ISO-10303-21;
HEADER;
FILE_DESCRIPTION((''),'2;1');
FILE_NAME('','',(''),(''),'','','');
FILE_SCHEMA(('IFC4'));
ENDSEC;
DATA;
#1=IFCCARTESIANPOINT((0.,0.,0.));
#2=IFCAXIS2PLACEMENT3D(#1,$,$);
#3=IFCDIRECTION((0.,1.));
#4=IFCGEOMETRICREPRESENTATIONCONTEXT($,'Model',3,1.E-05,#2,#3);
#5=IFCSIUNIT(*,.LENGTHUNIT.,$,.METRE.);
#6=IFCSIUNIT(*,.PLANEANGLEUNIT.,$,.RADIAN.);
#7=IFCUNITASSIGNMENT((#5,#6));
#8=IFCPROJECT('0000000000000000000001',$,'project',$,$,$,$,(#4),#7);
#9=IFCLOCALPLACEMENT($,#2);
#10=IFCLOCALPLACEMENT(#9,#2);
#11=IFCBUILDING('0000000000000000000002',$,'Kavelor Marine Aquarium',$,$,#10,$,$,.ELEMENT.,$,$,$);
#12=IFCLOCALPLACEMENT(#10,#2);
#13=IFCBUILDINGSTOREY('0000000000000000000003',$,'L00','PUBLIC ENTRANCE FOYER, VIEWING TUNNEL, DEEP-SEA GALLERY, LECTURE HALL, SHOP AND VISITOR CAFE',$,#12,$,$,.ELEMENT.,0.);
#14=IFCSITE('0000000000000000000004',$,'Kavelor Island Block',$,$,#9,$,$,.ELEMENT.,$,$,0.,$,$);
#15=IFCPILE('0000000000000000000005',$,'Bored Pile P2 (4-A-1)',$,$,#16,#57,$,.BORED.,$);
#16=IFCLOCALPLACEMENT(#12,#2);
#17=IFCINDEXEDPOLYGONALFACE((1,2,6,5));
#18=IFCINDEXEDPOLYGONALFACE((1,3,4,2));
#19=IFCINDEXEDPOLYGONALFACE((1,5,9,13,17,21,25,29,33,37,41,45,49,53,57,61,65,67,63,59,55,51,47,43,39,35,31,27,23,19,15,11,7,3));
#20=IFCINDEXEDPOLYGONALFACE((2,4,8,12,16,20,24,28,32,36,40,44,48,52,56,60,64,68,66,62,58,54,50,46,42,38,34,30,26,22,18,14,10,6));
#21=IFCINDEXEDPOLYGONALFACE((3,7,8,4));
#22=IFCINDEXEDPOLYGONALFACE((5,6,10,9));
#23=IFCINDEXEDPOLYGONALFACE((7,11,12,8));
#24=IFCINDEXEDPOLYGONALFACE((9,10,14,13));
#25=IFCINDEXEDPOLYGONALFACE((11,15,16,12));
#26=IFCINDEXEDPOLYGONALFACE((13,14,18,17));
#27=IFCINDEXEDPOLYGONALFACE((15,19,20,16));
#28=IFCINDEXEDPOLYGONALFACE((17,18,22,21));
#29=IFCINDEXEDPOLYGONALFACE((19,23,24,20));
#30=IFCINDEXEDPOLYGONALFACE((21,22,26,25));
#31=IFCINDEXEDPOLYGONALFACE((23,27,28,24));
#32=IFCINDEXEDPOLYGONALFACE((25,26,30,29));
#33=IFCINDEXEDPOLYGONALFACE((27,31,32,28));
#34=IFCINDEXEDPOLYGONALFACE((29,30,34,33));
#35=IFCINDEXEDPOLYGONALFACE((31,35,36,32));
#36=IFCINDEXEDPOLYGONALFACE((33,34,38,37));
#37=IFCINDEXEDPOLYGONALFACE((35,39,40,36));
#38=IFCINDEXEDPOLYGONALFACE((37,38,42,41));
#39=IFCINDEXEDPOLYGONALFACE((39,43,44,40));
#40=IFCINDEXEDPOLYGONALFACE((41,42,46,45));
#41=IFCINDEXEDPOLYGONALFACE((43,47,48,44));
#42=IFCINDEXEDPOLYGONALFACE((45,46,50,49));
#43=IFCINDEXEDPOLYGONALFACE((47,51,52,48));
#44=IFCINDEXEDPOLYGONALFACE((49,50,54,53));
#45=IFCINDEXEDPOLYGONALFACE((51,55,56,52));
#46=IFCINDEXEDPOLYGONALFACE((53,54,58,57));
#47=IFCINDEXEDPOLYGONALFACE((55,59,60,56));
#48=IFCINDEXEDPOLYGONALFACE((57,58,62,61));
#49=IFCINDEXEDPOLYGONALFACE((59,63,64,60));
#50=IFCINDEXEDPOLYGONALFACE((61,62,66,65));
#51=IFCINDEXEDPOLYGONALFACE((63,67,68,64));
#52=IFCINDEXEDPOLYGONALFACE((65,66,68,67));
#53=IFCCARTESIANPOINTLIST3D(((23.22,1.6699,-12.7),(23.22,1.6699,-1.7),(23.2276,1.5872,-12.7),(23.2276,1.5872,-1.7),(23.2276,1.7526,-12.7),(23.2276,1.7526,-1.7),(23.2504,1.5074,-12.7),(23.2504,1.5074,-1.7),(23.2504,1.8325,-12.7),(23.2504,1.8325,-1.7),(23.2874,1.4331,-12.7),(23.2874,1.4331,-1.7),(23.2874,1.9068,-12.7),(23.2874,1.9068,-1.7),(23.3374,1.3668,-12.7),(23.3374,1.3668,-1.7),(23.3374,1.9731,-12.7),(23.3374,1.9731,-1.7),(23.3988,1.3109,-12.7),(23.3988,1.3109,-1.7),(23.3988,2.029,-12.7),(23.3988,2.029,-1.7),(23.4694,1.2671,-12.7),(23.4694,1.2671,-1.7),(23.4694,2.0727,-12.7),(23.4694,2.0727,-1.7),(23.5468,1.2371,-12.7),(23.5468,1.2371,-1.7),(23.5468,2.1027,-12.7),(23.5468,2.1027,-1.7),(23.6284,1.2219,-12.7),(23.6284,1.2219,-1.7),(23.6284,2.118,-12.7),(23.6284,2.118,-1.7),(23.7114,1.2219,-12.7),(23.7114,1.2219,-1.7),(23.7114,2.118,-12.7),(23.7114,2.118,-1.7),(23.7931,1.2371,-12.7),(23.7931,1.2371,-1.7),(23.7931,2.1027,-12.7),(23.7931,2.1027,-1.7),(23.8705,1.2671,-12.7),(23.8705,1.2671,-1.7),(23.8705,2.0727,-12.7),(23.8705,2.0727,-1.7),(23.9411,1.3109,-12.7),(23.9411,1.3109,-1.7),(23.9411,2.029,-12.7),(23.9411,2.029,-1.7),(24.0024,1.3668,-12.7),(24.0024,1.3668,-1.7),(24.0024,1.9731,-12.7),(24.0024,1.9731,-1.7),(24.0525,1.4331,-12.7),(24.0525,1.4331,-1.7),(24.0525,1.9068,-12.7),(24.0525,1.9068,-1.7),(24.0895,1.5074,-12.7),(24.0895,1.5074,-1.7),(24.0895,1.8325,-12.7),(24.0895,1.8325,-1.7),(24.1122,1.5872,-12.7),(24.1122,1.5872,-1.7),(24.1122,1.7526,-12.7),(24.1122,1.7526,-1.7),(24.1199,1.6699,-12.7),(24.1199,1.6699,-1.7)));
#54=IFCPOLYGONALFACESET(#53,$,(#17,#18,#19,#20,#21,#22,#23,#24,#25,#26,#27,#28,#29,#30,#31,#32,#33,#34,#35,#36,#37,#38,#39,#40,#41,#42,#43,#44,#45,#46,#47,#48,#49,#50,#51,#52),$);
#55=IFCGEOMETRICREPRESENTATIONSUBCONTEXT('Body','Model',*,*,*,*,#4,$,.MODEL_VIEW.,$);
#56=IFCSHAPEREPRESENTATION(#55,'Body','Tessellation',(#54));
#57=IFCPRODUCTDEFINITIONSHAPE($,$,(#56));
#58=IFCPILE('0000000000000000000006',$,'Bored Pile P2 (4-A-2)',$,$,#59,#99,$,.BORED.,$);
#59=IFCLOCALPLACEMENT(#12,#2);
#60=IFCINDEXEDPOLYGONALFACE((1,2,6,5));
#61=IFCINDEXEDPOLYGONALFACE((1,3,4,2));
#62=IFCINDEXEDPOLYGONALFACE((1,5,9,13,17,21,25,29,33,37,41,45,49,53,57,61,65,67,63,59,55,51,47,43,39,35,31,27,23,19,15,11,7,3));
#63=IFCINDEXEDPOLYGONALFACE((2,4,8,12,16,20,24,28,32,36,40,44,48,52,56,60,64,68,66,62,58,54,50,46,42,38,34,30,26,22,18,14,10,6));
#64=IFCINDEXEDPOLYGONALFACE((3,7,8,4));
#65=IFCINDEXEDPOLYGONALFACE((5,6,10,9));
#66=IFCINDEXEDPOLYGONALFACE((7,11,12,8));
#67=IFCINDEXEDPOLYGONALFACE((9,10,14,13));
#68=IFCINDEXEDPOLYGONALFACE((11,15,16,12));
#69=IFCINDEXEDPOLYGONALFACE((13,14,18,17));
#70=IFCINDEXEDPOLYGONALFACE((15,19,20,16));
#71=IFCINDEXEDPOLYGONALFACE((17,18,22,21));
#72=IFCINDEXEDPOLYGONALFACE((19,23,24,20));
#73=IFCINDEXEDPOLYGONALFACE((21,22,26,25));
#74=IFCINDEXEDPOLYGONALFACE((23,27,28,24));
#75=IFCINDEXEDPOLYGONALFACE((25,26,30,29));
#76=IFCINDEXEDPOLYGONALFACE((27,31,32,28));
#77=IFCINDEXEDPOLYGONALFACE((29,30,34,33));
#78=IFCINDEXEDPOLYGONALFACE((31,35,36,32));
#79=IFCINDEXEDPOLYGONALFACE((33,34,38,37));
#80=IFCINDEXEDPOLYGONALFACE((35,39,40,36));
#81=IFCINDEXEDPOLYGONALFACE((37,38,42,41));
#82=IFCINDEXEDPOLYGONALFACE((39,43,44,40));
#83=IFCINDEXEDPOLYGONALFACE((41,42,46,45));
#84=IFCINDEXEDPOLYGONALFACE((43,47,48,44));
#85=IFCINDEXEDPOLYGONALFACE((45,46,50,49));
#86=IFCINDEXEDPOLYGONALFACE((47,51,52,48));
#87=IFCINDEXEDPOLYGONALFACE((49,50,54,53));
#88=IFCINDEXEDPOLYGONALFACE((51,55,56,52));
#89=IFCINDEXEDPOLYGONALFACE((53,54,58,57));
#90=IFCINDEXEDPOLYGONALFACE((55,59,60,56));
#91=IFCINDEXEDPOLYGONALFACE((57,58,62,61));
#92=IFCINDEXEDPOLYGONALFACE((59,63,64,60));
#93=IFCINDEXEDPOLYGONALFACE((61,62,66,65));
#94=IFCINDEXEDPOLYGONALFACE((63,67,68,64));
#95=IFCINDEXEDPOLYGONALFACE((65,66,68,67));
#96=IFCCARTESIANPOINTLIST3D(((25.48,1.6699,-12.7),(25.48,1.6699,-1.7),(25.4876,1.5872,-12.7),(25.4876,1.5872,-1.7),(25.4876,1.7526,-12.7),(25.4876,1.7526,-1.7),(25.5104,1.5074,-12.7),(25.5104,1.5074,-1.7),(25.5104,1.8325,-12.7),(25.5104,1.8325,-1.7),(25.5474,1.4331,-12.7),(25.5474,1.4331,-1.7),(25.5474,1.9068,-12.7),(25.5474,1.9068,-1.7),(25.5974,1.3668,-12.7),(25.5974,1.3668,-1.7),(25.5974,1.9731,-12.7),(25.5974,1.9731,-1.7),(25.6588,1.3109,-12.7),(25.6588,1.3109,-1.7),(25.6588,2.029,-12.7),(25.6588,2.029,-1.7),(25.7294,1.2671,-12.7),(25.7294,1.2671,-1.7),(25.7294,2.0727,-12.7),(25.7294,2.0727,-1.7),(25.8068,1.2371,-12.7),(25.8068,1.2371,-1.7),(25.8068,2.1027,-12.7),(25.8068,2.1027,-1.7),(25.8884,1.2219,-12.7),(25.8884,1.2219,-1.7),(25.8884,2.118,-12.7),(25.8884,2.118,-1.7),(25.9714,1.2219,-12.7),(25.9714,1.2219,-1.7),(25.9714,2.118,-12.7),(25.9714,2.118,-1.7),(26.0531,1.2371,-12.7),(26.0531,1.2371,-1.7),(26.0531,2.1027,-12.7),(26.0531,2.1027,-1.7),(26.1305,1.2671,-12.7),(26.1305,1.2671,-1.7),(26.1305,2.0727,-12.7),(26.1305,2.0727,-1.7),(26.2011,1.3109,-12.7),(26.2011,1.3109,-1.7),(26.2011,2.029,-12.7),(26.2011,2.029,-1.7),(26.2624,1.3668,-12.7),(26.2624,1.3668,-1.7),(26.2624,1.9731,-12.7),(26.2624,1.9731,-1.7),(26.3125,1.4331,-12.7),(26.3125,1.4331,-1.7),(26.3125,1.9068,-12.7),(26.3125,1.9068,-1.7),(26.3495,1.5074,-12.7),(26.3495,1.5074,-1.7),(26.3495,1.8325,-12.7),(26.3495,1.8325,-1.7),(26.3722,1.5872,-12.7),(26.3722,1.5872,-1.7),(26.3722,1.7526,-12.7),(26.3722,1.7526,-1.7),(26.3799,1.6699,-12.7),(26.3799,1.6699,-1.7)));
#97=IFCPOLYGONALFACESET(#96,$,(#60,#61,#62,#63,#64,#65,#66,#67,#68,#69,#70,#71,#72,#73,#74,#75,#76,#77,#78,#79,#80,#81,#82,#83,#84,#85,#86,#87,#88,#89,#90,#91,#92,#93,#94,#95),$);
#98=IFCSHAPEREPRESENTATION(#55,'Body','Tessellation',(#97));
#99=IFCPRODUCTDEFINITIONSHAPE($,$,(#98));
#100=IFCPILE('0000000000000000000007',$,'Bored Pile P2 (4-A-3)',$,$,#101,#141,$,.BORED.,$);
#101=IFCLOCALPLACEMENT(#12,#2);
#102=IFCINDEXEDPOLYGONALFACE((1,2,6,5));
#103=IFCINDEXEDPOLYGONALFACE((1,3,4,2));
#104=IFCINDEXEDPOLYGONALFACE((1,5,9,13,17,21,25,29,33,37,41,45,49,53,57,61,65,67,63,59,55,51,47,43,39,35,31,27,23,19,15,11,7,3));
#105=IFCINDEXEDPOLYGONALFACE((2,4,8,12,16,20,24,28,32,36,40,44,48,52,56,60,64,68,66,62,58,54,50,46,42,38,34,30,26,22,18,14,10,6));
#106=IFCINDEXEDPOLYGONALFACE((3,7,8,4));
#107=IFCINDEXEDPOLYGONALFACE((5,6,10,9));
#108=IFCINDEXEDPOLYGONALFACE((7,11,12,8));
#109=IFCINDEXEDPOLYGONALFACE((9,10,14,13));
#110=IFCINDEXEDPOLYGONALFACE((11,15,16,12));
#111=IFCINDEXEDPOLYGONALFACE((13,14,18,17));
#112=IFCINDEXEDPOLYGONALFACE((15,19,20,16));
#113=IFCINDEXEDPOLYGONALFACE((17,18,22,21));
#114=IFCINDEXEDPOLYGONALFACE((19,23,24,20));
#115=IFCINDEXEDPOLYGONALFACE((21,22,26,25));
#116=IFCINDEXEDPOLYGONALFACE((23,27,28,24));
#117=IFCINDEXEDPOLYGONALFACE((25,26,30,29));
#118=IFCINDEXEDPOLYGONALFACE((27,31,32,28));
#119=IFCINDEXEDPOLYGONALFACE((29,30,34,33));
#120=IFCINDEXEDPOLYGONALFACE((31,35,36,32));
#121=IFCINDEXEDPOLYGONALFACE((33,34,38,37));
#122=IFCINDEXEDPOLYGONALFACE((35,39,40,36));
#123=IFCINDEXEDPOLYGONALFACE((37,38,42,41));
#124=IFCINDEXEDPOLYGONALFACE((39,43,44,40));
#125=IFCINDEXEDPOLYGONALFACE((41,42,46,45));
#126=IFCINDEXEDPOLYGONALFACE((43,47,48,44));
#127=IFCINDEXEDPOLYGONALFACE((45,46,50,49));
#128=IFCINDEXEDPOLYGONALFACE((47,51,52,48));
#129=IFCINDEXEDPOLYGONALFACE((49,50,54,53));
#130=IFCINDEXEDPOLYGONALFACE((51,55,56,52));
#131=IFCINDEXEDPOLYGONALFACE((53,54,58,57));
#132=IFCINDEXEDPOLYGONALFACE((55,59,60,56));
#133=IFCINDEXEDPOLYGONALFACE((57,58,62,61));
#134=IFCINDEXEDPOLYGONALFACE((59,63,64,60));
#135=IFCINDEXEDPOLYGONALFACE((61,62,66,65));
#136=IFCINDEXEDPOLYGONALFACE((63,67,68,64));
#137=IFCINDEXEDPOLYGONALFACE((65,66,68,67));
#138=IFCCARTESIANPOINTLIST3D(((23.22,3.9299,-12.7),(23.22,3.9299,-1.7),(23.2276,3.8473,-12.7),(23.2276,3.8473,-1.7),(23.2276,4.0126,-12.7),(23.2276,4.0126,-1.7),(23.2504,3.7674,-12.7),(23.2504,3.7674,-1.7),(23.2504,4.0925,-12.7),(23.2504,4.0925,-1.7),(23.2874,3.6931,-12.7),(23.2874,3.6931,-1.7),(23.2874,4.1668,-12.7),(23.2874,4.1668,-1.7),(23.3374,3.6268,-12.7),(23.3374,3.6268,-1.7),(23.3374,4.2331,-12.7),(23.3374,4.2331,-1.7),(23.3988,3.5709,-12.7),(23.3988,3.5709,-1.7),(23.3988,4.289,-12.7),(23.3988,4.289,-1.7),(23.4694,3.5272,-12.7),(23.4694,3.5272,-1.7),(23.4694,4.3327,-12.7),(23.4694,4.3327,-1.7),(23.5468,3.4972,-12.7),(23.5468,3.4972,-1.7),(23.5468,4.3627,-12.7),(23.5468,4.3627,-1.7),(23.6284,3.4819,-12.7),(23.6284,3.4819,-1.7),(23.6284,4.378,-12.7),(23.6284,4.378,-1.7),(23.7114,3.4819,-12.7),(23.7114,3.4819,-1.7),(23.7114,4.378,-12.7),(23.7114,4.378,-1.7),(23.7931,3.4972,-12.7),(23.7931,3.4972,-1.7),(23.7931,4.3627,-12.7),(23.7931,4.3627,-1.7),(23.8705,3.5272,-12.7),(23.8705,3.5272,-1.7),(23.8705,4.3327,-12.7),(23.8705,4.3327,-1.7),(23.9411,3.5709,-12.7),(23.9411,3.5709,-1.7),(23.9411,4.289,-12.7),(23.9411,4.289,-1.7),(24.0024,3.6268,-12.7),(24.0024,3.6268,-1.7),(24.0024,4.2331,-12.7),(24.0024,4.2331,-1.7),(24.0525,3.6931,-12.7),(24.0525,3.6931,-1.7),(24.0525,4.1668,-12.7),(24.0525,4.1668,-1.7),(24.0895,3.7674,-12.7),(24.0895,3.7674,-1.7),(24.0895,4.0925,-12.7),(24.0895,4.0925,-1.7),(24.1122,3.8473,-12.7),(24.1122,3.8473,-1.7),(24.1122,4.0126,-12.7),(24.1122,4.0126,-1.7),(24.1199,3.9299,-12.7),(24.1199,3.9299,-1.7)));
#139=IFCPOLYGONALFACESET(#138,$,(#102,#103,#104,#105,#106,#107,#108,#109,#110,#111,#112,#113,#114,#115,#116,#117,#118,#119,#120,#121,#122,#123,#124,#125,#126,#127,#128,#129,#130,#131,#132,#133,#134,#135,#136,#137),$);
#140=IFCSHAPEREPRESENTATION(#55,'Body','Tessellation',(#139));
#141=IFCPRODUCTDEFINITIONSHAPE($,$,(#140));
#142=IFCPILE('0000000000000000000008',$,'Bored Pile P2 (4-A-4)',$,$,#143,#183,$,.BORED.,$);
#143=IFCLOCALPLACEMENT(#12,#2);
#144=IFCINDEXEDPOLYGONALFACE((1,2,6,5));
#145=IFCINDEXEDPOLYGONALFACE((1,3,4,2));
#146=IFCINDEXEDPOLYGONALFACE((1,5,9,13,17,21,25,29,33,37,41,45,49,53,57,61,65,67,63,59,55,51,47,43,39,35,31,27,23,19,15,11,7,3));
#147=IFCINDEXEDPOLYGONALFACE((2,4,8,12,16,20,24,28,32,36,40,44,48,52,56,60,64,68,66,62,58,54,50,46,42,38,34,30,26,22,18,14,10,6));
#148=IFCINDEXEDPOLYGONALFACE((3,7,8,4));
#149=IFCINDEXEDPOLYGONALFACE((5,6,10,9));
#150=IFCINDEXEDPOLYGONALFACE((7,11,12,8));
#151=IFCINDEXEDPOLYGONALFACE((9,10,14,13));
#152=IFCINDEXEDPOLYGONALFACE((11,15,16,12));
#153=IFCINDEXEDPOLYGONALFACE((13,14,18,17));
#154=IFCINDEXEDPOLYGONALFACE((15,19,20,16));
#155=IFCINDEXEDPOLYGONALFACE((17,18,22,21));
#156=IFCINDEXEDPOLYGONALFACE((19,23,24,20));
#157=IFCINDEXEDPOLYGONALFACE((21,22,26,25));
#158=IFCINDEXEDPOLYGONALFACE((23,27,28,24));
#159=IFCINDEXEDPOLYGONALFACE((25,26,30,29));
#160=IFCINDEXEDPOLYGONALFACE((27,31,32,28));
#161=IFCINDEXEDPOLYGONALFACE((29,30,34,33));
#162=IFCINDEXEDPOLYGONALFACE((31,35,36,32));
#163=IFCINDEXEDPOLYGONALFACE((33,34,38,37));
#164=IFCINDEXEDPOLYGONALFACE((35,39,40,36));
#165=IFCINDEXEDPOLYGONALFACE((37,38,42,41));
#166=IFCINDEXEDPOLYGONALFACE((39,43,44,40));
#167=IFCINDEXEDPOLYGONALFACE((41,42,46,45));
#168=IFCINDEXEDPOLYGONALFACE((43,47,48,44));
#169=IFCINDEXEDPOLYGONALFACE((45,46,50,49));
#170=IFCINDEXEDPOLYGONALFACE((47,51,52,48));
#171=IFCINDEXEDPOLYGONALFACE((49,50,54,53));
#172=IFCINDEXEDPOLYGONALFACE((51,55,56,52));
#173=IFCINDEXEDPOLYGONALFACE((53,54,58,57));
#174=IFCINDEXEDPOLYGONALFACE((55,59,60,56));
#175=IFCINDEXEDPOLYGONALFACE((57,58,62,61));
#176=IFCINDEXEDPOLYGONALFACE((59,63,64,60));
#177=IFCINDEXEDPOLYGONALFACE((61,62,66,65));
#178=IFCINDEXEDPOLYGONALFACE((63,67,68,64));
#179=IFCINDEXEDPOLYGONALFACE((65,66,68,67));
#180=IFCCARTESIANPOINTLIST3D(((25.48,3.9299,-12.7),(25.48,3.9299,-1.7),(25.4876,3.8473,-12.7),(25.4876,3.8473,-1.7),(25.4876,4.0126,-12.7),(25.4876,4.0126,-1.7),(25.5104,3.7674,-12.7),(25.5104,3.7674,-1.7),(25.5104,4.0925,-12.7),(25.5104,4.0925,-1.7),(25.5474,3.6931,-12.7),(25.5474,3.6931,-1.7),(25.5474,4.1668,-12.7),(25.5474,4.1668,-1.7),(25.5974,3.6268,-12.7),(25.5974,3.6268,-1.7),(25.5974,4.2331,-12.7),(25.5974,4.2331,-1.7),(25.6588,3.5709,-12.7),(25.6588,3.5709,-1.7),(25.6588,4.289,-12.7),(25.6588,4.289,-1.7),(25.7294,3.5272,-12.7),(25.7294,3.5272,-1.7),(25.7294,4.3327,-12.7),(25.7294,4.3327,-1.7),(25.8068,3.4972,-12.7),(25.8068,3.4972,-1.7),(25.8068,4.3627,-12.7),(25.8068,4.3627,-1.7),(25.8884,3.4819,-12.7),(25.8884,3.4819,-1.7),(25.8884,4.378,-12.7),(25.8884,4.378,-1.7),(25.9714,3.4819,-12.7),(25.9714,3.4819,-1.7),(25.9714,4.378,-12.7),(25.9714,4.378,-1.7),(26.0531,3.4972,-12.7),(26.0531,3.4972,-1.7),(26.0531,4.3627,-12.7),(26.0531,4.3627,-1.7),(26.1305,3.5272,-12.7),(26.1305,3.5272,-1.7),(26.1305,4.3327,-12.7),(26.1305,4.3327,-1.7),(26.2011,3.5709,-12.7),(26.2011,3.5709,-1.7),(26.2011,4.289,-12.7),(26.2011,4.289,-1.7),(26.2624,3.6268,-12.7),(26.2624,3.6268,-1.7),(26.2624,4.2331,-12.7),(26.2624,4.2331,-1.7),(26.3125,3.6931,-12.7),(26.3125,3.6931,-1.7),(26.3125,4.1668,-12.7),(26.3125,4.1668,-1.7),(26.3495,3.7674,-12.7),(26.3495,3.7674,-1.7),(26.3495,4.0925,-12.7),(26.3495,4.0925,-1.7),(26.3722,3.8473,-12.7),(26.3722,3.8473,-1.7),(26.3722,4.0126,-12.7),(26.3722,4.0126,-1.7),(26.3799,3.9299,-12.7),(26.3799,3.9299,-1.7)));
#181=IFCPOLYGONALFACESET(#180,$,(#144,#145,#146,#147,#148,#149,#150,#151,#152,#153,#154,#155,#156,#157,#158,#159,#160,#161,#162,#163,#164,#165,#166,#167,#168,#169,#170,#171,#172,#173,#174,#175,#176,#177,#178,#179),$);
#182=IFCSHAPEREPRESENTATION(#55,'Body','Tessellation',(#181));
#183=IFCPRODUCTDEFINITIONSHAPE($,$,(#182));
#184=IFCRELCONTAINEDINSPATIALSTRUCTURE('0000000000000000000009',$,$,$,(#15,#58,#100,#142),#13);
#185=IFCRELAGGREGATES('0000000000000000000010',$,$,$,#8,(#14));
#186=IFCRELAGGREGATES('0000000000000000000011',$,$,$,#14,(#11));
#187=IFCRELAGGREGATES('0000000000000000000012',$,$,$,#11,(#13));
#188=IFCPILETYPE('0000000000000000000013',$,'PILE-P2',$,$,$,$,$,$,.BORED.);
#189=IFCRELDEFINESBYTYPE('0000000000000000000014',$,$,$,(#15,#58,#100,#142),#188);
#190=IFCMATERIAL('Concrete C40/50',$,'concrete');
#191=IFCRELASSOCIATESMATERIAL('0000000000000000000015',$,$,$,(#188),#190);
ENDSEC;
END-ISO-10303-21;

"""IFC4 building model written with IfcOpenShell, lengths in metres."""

from ifc_helpers import new_model, si_unit, direction, frame, origin, origin_2d, place, context, subcontext, project, spatial, circle, extrude, material, material_profile, profile_set, type_object, element, save


model = new_model("IFC4")

# Units and contexts
model_context = context("Model", 3, precision=1e-05, world=origin(), true_north=direction((0.0, 1.0)))
body_context = subcontext(model_context, "Body", "Model", "MODEL_VIEW")
ifc_project = project(units=[si_unit("LENGTHUNIT", "METRE"), si_unit("PLANEANGLEUNIT", "RADIAN")], contexts=[model_context])

# Site, building, storey
site_placement = place(None, origin())
site = spatial("IfcSite", under=ifc_project, at=site_placement, Name="Kavelor Island Block", CompositionType="ELEMENT", RefElevation=0.0)
building_placement = place(site_placement, origin())
building = spatial("IfcBuilding", under=site, at=building_placement, Name="Kavelor Marine Aquarium", CompositionType="ELEMENT")
storey_placement = place(building_placement, origin())
storey = spatial("IfcBuildingStorey", under=building, at=storey_placement, Name="L00", Description="PUBLIC ENTRANCE FOYER, VIEWING TUNNEL, DEEP-SEA GALLERY, LECTURE HALL, SHOP AND VISITOR CAFE", CompositionType="ELEMENT", Elevation=0.0)

# Piles
ifc_material_1 = material(Name="Concrete C40/50", Category="concrete")
ifc_material_profile_1 = material_profile(ifc_material_1, circle(Radius=0.45, at=origin_2d()), Name="PILE D900")
ifc_profile_set_1 = profile_set([ifc_material_profile_1], Name="Concrete C40/50")
pile_type_1 = type_object("IfcPileType", Name="PILE-P2", PredefinedType="BORED", material=ifc_profile_set_1)
for number, where, z_axis, x_axis, name in (
    (1, (23.6699, 1.6699, -1.7), (0.0, 0.0, -1.0), (1.0, 0.0, 0.0), "Bored Pile P2 (4-A-1)"),
    (2, (25.9299, 1.6699, -1.7), (0.0, 0.0, -1.0), (1.0, 0.0, 0.0), "Bored Pile P2 (4-A-2)"),
    (3, (23.6699, 3.9299, -1.7), (0.0, 0.0, -1.0), (1.0, 0.0, 0.0), "Bored Pile P2 (4-A-3)"),
    (4, (25.9299, 3.9299, -1.7), (0.0, 0.0, -1.0), (1.0, 0.0, 0.0), "Bored Pile P2 (4-A-4)"),
):
    element("IfcPile", number, at=place(storey_placement, frame(where, z_axis=z_axis, x_axis=x_axis)), inside=storey, type_object=pile_type_1, Name=name, PredefinedType="BORED", context=body_context, shape_type="SweptSolid", body=[
        extrude(circle(Radius=0.45, at=origin_2d()), origin(), (0.0, 0.0, 1.0), 11.0),
    ])

save(model, "model.ifc")
